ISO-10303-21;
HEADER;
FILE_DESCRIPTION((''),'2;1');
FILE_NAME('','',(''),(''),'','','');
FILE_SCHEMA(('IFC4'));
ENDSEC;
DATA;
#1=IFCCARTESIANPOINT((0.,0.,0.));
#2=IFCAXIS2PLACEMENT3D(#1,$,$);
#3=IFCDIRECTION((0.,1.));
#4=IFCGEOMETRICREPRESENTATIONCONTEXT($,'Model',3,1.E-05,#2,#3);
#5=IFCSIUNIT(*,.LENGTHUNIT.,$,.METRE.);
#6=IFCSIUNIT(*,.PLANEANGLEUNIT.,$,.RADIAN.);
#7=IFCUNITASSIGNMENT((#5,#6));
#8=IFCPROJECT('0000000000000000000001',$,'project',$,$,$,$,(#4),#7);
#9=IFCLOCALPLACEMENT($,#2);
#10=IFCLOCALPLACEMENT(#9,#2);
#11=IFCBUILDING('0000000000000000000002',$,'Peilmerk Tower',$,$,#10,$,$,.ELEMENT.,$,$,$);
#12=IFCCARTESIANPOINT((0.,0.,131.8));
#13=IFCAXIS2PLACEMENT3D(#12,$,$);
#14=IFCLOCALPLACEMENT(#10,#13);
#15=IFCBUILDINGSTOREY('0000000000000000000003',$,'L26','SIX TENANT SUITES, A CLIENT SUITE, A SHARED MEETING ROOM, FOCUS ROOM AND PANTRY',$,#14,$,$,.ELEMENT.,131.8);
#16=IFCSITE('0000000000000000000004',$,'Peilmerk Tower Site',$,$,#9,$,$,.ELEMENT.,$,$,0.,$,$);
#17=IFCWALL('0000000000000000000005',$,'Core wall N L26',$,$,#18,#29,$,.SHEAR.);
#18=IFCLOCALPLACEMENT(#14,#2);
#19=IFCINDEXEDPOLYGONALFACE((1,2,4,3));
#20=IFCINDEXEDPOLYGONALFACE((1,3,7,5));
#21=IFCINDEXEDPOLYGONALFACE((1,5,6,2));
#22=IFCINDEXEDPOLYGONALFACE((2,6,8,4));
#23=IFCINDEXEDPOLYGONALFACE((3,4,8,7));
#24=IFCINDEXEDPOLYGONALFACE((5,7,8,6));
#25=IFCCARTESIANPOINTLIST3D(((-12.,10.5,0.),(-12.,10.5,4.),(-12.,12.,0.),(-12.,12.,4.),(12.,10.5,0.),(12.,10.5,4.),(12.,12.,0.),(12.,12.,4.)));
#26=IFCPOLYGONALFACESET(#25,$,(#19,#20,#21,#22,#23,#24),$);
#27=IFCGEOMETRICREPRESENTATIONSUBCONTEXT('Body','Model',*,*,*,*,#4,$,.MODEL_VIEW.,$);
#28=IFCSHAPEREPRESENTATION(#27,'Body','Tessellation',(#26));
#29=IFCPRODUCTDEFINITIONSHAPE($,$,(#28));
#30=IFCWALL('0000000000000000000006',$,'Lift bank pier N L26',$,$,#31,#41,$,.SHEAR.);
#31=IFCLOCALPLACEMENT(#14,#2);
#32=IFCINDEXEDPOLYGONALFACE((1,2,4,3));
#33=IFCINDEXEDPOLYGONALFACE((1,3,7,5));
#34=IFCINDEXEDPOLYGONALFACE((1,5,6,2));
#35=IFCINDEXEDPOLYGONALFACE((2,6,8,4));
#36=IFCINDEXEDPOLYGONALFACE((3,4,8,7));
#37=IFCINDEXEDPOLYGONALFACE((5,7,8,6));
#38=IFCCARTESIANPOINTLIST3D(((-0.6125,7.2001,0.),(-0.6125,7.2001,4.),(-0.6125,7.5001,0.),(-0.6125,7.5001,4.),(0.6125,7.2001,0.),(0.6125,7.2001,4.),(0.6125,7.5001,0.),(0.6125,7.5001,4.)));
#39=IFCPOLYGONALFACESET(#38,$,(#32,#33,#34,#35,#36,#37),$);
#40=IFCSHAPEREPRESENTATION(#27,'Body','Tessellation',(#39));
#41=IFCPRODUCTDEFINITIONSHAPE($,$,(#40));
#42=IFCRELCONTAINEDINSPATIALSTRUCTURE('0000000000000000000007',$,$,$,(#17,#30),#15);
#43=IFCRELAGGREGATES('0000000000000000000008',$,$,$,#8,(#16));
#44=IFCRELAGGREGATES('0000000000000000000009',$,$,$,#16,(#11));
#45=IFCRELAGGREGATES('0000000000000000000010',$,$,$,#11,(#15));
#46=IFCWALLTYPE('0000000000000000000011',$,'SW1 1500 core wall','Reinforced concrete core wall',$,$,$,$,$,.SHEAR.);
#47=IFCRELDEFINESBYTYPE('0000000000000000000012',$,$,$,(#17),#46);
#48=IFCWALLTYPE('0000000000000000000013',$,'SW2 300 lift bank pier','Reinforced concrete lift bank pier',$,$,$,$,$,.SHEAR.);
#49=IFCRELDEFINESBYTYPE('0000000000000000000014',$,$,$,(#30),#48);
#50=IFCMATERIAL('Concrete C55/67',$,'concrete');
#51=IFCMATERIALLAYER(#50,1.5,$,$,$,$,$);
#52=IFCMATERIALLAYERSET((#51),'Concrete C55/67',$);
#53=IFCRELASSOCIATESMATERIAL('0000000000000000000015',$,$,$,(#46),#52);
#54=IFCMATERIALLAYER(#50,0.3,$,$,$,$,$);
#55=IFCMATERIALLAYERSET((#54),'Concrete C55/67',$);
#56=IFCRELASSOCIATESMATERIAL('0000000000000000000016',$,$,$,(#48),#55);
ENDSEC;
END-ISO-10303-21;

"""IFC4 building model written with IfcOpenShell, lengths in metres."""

from ifc_helpers import new_model, si_unit, direction, frame, frame_2d, origin, place, context, subcontext, project, spatial, rectangle, extrude, material, layer, layer_set, type_object, element, save


model = new_model("IFC4")

# Units and contexts
model_context = context("Model", 3, precision=1e-05, world=origin(), true_north=direction((0.0, 1.0)))
body_context = subcontext(model_context, "Body", "Model", "MODEL_VIEW")
ifc_project = project(units=[si_unit("LENGTHUNIT", "METRE"), si_unit("PLANEANGLEUNIT", "RADIAN")], contexts=[model_context])

# Site, building, storey
site_placement = place(None, origin())
site = spatial("IfcSite", under=ifc_project, at=site_placement, Name="Peilmerk Tower Site", CompositionType="ELEMENT", RefElevation=0.0)
building_placement = place(site_placement, origin())
building = spatial("IfcBuilding", under=site, at=building_placement, Name="Peilmerk Tower", CompositionType="ELEMENT")
storey_placement = place(building_placement, frame((0.0, 0.0, 131.8)))
storey = spatial("IfcBuildingStorey", under=building, at=storey_placement, Name="L26", Description="SIX TENANT SUITES, A CLIENT SUITE, A SHARED MEETING ROOM, FOCUS ROOM AND PANTRY", CompositionType="ELEMENT", Elevation=131.8)

# Walls
ifc_material_1 = material(Name="Concrete C55/67", Category="concrete")
ifc_layer_1 = layer(ifc_material_1, 1.5)
ifc_layer_set_1 = layer_set([ifc_layer_1], Name="Concrete C55/67")
wall_type_1 = type_object("IfcWallType", Name="SW1 1500 core wall", Description="Reinforced concrete core wall", PredefinedType="SHEAR", material=ifc_layer_set_1)
wall_1_placement = place(storey_placement, frame((-12.0, 11.25, 0.0), z_axis=(0.0, 0.0, 1.0), x_axis=(1.0, 0.0, 0.0)))
element("IfcWall", 1, at=wall_1_placement, inside=storey, type_object=wall_type_1, Name="Core wall N L26", PredefinedType="SHEAR", context=body_context, shape_type="SweptSolid", body=[
    extrude(rectangle(XDim=24.0, YDim=1.5, at=frame_2d((12.0, 0.0))), origin(), (0.0, 0.0, 1.0), 4.0),
])
ifc_layer_2 = layer(ifc_material_1, 0.3)
ifc_layer_set_2 = layer_set([ifc_layer_2], Name="Concrete C55/67")
wall_type_2 = type_object("IfcWallType", Name="SW2 300 lift bank pier", Description="Reinforced concrete lift bank pier", PredefinedType="SHEAR", material=ifc_layer_set_2)
wall_2_placement = place(storey_placement, frame((-0.6125, 7.3501, 0.0), z_axis=(0.0, 0.0, 1.0), x_axis=(1.0, 0.0, 0.0)))
element("IfcWall", 2, at=wall_2_placement, inside=storey, type_object=wall_type_2, Name="Lift bank pier N L26", PredefinedType="SHEAR", context=body_context, shape_type="SweptSolid", body=[
    extrude(rectangle(XDim=1.2251, YDim=0.3, at=frame_2d((0.6125, 0.0))), origin(), (0.0, 0.0, 1.0), 4.0),
])

save(model, "model.ifc")
